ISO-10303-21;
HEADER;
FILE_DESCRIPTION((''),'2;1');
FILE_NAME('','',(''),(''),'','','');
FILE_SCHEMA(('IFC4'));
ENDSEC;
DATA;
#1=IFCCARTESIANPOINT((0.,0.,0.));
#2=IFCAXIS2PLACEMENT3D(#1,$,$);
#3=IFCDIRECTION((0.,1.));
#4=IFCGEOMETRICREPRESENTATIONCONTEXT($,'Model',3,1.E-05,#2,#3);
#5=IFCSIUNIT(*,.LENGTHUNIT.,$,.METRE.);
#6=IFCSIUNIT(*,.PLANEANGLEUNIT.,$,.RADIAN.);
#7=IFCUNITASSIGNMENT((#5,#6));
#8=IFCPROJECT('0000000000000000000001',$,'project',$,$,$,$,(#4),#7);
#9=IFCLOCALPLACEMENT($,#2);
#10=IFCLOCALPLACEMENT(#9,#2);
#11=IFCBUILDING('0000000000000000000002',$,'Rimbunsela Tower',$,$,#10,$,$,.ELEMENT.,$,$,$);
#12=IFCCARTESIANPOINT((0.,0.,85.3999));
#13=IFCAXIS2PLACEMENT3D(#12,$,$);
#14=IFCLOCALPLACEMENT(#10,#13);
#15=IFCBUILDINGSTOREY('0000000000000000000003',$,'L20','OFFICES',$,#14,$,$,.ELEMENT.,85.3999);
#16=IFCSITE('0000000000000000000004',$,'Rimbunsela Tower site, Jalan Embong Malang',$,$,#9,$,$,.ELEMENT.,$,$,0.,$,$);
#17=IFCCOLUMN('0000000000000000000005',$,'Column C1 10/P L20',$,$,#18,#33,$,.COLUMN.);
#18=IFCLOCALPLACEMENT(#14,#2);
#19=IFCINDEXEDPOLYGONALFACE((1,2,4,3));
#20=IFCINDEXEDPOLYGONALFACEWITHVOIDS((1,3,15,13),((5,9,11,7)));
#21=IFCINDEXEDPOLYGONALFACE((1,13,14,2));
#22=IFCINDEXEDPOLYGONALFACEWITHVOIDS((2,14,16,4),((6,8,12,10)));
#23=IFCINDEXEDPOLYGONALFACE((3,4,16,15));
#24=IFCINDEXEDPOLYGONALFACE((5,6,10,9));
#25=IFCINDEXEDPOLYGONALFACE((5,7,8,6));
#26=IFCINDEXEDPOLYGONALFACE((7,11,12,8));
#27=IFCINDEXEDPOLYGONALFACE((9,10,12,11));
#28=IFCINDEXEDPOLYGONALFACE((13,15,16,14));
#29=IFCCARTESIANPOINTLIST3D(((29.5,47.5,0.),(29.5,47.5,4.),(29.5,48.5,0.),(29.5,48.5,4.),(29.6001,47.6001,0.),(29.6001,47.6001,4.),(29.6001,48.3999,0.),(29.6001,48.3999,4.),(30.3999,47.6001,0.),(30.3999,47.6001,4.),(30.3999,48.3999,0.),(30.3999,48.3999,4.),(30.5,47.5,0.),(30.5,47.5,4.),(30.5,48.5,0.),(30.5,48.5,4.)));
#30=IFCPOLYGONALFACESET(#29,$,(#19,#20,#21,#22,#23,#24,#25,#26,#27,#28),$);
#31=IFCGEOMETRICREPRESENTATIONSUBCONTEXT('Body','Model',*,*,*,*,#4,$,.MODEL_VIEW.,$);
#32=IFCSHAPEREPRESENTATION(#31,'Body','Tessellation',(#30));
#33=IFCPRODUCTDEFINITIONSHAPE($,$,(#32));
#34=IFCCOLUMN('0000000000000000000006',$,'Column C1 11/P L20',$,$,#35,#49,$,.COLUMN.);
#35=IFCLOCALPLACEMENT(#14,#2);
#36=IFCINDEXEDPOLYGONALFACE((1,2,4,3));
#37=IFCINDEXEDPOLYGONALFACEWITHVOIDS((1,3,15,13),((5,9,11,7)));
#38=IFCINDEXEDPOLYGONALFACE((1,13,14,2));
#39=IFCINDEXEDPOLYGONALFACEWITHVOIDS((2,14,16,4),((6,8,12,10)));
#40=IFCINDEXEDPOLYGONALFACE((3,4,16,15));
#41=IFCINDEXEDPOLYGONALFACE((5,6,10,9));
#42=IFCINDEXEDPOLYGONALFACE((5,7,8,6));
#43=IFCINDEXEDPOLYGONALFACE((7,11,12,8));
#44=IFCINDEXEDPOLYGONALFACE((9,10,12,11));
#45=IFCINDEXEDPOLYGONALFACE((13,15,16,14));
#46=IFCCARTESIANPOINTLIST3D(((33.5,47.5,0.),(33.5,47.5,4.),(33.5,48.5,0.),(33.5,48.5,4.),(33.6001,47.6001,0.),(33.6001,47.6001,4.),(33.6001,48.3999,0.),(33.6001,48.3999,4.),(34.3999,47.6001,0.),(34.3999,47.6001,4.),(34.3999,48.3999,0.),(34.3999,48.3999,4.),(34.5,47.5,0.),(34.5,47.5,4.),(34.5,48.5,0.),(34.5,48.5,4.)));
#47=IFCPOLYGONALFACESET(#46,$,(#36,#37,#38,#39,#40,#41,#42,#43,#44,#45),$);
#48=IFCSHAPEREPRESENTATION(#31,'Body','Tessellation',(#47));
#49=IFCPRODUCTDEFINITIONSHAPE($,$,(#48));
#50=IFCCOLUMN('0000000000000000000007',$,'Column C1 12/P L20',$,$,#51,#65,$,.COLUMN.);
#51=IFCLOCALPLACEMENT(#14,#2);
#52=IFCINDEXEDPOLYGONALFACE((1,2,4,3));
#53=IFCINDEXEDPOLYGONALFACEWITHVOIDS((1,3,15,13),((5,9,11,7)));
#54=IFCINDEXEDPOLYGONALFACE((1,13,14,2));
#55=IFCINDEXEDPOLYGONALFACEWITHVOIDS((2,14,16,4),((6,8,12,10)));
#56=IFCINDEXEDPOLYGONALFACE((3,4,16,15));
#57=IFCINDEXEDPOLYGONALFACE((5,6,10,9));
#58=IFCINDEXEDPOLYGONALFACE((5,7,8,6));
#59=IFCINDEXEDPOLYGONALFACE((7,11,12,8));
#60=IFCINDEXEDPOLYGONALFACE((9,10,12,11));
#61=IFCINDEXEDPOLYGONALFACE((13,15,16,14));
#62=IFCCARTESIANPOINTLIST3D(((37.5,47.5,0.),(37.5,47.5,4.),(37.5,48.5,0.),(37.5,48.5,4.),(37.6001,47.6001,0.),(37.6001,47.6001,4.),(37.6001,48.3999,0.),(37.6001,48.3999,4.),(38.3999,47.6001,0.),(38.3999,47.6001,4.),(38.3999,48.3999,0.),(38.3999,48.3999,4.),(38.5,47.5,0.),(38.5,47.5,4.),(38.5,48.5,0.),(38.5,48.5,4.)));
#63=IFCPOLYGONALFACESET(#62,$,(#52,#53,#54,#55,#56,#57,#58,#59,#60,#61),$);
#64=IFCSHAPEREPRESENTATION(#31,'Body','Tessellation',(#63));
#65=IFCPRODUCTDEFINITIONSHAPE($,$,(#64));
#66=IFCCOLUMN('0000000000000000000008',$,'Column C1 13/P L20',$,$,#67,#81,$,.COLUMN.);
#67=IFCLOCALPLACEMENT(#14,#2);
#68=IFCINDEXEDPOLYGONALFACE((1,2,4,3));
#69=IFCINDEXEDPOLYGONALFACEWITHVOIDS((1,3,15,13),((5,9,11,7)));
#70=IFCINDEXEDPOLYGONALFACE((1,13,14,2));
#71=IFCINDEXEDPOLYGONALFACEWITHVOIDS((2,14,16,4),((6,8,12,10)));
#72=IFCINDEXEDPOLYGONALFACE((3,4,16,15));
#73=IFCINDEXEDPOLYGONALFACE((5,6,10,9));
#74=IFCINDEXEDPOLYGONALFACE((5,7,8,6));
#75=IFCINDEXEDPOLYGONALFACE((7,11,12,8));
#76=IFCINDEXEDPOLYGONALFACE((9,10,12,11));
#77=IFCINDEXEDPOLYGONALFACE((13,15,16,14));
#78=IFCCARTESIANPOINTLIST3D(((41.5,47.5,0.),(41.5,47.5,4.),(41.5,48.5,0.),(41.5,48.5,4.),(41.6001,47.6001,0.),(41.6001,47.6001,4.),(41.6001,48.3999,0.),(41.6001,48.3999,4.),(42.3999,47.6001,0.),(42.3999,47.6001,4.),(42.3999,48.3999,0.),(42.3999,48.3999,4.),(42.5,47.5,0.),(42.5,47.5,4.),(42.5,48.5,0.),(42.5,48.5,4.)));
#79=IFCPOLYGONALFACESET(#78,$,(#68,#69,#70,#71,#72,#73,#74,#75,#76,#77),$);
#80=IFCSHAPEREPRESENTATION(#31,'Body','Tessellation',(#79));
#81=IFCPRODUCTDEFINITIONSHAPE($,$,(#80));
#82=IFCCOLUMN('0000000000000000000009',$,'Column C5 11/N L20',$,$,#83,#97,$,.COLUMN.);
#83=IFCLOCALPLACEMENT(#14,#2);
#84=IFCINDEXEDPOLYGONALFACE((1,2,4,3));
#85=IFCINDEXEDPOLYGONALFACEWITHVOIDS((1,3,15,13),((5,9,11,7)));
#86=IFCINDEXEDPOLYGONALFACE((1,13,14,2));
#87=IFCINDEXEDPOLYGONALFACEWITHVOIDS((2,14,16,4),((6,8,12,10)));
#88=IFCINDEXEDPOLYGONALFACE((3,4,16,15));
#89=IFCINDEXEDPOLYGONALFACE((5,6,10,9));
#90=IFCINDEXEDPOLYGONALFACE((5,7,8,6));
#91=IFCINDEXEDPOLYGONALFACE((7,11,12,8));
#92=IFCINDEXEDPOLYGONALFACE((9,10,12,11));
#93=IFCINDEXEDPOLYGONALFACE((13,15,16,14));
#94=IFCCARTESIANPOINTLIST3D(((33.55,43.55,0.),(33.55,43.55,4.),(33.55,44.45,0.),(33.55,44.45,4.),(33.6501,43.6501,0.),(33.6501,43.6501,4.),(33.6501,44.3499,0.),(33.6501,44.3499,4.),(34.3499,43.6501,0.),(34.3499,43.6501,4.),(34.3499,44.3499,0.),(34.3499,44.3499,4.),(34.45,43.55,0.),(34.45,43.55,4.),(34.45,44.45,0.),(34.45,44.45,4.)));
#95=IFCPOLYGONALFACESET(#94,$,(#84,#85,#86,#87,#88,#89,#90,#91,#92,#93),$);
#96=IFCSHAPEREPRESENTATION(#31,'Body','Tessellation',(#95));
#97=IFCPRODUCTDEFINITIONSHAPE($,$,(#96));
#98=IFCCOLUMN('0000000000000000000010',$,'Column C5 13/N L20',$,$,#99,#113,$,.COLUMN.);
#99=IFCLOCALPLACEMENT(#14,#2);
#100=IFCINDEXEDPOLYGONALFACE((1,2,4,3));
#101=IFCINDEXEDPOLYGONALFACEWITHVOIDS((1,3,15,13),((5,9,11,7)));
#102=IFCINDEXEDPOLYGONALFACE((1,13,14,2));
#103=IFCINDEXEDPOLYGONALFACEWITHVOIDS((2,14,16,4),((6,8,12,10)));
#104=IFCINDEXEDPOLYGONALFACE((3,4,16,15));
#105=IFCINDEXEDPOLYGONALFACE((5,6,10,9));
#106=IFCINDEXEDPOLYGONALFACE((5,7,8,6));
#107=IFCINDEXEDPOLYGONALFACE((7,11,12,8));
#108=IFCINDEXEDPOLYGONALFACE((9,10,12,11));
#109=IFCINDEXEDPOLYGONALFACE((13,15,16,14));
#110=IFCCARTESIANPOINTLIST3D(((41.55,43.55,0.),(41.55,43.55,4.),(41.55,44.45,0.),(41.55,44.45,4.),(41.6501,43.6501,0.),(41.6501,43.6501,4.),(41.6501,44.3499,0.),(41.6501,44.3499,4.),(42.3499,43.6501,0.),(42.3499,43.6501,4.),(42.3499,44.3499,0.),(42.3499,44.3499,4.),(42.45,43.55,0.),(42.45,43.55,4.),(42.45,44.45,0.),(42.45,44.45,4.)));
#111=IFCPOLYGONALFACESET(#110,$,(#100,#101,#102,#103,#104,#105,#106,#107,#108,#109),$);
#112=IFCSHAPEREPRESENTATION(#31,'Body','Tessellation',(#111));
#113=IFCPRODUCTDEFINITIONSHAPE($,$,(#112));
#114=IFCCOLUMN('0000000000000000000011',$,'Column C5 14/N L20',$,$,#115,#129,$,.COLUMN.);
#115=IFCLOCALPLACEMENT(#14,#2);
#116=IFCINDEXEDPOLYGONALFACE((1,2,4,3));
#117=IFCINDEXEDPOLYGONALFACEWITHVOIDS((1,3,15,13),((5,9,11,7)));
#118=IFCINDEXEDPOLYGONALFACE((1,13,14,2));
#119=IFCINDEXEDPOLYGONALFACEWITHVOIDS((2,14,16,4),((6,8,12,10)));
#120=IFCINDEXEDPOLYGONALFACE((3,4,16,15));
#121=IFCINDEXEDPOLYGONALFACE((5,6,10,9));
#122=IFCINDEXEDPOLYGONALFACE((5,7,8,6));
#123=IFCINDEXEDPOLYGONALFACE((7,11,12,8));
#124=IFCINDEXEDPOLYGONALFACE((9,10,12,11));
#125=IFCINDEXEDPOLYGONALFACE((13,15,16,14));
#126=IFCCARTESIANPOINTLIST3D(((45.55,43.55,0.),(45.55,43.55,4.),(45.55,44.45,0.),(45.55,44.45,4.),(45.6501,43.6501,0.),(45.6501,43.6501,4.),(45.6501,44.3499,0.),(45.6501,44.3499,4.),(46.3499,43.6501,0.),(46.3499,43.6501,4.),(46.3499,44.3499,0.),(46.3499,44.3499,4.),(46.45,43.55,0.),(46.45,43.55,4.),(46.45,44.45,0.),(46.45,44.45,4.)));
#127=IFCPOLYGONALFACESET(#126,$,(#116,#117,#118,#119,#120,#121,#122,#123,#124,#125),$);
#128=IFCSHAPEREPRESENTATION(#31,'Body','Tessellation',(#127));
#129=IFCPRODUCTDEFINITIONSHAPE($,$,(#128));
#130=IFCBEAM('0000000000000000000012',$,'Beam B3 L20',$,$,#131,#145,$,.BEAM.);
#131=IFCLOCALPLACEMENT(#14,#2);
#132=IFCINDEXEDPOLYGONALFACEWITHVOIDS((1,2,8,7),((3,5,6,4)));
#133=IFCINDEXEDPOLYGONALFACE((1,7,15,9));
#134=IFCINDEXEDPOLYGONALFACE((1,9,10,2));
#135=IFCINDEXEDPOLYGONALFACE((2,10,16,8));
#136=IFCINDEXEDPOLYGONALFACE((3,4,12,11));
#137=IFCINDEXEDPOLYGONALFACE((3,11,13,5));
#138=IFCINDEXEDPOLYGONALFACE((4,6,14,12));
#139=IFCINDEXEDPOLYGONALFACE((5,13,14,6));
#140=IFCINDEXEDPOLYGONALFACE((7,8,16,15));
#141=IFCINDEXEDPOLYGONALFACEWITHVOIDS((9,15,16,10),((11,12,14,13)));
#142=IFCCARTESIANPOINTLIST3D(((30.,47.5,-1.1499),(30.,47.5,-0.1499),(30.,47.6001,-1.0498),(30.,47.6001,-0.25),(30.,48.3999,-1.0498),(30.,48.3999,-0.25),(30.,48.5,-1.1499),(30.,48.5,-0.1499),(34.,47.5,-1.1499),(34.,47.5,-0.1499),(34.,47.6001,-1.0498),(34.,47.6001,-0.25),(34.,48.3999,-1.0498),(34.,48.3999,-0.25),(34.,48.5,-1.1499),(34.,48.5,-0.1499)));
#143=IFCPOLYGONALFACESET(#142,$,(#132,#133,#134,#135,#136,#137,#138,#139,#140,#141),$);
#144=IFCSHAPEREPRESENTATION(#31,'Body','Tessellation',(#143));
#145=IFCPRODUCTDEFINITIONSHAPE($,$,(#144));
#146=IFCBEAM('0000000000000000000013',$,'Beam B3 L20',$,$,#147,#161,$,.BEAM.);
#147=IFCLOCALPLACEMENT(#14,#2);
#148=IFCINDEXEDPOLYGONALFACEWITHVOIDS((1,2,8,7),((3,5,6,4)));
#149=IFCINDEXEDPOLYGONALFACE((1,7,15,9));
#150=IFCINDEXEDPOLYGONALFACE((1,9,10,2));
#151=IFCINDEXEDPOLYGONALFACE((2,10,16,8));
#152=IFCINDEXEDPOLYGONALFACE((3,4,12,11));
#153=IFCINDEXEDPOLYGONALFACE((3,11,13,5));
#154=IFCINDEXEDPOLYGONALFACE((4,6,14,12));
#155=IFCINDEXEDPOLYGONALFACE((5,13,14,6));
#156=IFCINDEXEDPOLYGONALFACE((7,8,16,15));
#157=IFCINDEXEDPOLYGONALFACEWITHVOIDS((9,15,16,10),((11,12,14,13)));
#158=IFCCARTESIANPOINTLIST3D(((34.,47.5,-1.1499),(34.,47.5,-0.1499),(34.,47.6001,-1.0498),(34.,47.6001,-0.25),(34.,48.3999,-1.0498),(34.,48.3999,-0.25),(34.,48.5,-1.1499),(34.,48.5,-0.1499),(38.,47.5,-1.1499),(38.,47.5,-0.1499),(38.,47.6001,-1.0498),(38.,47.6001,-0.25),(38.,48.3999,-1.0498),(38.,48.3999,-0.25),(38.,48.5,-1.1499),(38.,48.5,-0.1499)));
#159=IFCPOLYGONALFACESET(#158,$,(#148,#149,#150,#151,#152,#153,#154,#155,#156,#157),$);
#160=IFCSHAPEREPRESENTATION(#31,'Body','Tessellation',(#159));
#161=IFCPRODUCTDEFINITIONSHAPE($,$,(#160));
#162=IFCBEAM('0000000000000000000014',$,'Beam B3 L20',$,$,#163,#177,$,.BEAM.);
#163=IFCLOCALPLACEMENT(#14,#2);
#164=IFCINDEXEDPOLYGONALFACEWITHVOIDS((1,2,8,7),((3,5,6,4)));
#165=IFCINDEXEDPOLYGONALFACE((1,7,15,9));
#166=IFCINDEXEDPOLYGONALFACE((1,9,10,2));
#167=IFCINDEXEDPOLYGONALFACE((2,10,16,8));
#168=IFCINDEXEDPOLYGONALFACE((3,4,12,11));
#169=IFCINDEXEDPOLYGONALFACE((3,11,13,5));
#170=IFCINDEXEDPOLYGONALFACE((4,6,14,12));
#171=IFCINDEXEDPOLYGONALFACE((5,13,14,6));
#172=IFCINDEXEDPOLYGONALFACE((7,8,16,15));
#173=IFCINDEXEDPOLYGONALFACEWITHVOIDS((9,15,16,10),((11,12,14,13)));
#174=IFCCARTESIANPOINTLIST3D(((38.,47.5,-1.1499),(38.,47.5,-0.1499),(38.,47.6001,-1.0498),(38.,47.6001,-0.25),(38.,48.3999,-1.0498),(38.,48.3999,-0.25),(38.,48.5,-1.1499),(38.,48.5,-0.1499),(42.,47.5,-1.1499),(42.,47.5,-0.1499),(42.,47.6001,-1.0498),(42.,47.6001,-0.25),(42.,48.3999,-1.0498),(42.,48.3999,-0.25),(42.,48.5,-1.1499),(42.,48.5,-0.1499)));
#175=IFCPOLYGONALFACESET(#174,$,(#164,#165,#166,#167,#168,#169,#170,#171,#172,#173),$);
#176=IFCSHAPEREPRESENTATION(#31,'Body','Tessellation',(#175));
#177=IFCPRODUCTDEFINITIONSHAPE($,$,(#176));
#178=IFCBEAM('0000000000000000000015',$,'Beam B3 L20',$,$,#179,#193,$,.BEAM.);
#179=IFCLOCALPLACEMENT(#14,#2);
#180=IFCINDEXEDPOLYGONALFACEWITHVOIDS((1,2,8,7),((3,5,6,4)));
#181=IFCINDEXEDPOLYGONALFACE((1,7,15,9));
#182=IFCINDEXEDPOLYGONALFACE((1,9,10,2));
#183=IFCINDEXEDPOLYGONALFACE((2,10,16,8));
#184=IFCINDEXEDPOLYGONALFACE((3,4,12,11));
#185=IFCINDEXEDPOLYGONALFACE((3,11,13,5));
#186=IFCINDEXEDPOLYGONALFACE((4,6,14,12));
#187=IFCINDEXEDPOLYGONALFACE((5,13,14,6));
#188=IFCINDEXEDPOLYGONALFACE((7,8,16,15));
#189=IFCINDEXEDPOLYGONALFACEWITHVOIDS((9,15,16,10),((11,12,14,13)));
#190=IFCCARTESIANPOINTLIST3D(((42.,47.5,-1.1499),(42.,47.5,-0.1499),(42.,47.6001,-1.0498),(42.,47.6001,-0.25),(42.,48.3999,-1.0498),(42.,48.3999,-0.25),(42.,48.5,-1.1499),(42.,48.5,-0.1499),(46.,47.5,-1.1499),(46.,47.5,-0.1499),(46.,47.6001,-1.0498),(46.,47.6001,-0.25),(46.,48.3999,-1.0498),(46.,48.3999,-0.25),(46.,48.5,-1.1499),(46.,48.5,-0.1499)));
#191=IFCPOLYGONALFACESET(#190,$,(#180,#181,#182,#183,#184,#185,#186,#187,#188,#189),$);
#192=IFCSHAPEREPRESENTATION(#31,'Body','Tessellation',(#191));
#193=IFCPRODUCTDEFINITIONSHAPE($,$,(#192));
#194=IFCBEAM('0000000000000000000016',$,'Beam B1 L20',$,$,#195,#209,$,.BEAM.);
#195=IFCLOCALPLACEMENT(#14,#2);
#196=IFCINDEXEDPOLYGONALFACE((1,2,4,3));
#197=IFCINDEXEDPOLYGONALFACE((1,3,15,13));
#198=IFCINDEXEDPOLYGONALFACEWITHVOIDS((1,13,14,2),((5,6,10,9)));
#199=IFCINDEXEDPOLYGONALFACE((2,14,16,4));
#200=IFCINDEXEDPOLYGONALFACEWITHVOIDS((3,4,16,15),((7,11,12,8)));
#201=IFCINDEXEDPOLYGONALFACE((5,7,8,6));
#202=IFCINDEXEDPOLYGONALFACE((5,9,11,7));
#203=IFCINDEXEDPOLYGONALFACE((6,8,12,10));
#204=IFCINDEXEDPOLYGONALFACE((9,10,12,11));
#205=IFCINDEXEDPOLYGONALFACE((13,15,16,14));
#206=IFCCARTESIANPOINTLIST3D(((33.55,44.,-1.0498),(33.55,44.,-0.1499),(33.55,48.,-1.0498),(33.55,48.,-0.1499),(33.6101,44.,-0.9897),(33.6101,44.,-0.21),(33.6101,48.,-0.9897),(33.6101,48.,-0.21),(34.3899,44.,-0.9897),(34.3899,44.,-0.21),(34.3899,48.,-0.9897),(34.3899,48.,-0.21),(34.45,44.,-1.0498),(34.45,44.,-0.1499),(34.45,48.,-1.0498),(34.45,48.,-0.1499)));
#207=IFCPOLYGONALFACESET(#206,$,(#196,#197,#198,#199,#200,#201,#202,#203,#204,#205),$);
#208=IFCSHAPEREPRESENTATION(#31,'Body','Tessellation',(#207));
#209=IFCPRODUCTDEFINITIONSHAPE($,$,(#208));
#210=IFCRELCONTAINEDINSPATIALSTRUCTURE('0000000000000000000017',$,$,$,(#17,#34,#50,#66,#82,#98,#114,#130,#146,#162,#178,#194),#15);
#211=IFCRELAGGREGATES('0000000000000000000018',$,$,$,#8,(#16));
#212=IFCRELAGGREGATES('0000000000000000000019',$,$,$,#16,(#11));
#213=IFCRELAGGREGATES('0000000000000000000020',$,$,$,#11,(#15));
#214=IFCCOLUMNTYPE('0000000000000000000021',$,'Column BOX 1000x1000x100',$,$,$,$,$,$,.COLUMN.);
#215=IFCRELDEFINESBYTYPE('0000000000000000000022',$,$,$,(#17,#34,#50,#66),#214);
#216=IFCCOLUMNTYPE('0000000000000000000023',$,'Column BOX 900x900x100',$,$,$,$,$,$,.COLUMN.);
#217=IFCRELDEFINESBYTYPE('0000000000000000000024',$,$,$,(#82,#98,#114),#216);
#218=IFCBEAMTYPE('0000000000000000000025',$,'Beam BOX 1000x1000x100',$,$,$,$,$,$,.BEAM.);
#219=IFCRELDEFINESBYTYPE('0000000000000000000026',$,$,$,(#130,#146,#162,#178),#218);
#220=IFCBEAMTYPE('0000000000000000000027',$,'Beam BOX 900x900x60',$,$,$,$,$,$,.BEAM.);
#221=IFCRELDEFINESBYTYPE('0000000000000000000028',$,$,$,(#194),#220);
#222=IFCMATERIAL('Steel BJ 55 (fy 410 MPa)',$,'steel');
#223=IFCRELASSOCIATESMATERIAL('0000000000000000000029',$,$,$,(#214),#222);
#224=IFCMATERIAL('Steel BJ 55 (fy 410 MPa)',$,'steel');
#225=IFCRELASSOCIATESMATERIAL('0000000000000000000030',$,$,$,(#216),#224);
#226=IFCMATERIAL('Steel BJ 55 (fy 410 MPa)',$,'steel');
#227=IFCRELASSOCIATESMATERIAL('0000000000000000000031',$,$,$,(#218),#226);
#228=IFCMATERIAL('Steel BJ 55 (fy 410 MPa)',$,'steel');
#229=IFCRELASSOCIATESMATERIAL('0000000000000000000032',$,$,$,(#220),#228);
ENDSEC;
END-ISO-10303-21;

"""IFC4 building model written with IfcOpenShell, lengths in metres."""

from ifc_helpers import new_model, si_unit, direction, frame, origin, origin_2d, place, context, subcontext, project, spatial, hollow_rectangle, extrude, material, material_profile, profile_set, type_object, element, save


model = new_model("IFC4")

# Units and contexts
model_context = context("Model", 3, precision=1e-05, world=origin(), true_north=direction((0.0, 1.0)))
body_context = subcontext(model_context, "Body", "Model", "MODEL_VIEW")
ifc_project = project(units=[si_unit("LENGTHUNIT", "METRE"), si_unit("PLANEANGLEUNIT", "RADIAN")], contexts=[model_context])

# Site, building, storey
site_placement = place(None, origin())
site = spatial("IfcSite", under=ifc_project, at=site_placement, Name="Rimbunsela Tower site, Jalan Embong Malang", CompositionType="ELEMENT", RefElevation=0.0)
building_placement = place(site_placement, origin())
building = spatial("IfcBuilding", under=site, at=building_placement, Name="Rimbunsela Tower", CompositionType="ELEMENT")
storey_placement = place(building_placement, frame((0.0, 0.0, 85.3999)))
storey = spatial("IfcBuildingStorey", under=building, at=storey_placement, Name="L20", Description="OFFICES", CompositionType="ELEMENT", Elevation=85.3999)

# Columns
ifc_material_1 = material(Name="Steel BJ 55 (fy 410 MPa)", Category="steel")
ifc_material_profile_1 = material_profile(ifc_material_1, hollow_rectangle(XDim=1.0, YDim=1.0, WallThickness=0.1001, at=origin_2d()), Name="BOX 1000x1000x100")
ifc_profile_set_1 = profile_set([ifc_material_profile_1], Name="Steel BJ 55 (fy 410 MPa)")
column_type_1 = type_object("IfcColumnType", Name="Column BOX 1000x1000x100", PredefinedType="COLUMN", material=ifc_profile_set_1)
for number, where, z_axis, x_axis, name in (
    (1, (30.0, 48.0, 0.0), (0.0, 0.0, 1.0), (1.0, 0.0, 0.0), "Column C1 10/P L20"),
    (2, (34.0, 48.0, 0.0), (0.0, 0.0, 1.0), (1.0, 0.0, 0.0), "Column C1 11/P L20"),
    (3, (38.0, 48.0, 0.0), (0.0, 0.0, 1.0), (1.0, 0.0, 0.0), "Column C1 12/P L20"),
    (4, (42.0, 48.0, 0.0), (0.0, 0.0, 1.0), (1.0, 0.0, 0.0), "Column C1 13/P L20"),
):
    element("IfcColumn", number, at=place(storey_placement, frame(where, z_axis=z_axis, x_axis=x_axis)), inside=storey, type_object=column_type_1, Name=name, PredefinedType="COLUMN", context=body_context, shape_type="SweptSolid", body=[
        extrude(hollow_rectangle(XDim=1.0, YDim=1.0, WallThickness=0.1001, at=origin_2d()), origin(), (0.0, 0.0, 1.0), 4.0),
    ])
ifc_material_2 = material(Name="Steel BJ 55 (fy 410 MPa)", Category="steel")
ifc_material_profile_2 = material_profile(ifc_material_2, hollow_rectangle(XDim=0.8999, YDim=0.8999, WallThickness=0.1001, at=origin_2d()), Name="BOX 900x900x100")
ifc_profile_set_2 = profile_set([ifc_material_profile_2], Name="Steel BJ 55 (fy 410 MPa)")
column_type_2 = type_object("IfcColumnType", Name="Column BOX 900x900x100", PredefinedType="COLUMN", material=ifc_profile_set_2)
for number, where, z_axis, x_axis, name in (
    (5, (34.0, 44.0, 0.0), (0.0, 0.0, 1.0), (1.0, 0.0, 0.0), "Column C5 11/N L20"),
    (6, (42.0, 44.0, 0.0), (0.0, 0.0, 1.0), (1.0, 0.0, 0.0), "Column C5 13/N L20"),
    (7, (46.0, 44.0, 0.0), (0.0, 0.0, 1.0), (1.0, 0.0, 0.0), "Column C5 14/N L20"),
):
    element("IfcColumn", number, at=place(storey_placement, frame(where, z_axis=z_axis, x_axis=x_axis)), inside=storey, type_object=column_type_2, Name=name, PredefinedType="COLUMN", context=body_context, shape_type="SweptSolid", body=[
        extrude(hollow_rectangle(XDim=0.8999, YDim=0.8999, WallThickness=0.1001, at=origin_2d()), origin(), (0.0, 0.0, 1.0), 4.0),
    ])

# Beams
ifc_material_3 = material(Name="Steel BJ 55 (fy 410 MPa)", Category="steel")
ifc_material_profile_3 = material_profile(ifc_material_3, hollow_rectangle(XDim=1.0, YDim=1.0, WallThickness=0.1001, at=origin_2d()), Name="BOX 1000x1000x100")
ifc_profile_set_3 = profile_set([ifc_material_profile_3], Name="Steel BJ 55 (fy 410 MPa)")
beam_type_1 = type_object("IfcBeamType", Name="Beam BOX 1000x1000x100", PredefinedType="BEAM", material=ifc_profile_set_3)
for number, where, z_axis, x_axis, name in (
    (8, (30.0, 48.0, -0.6499), (1.0, 0.0, 0.0), (0.0, 1.0, 0.0), "Beam B3 L20"),
    (9, (34.0, 48.0, -0.6499), (1.0, 0.0, 0.0), (0.0, 1.0, 0.0), "Beam B3 L20"),
    (10, (38.0, 48.0, -0.6499), (1.0, 0.0, 0.0), (0.0, 1.0, 0.0), "Beam B3 L20"),
    (11, (42.0, 48.0, -0.6499), (1.0, 0.0, 0.0), (0.0, 1.0, 0.0), "Beam B3 L20"),
):
    element("IfcBeam", number, at=place(storey_placement, frame(where, z_axis=z_axis, x_axis=x_axis)), inside=storey, type_object=beam_type_1, Name=name, PredefinedType="BEAM", context=body_context, shape_type="SweptSolid", body=[
        extrude(hollow_rectangle(XDim=1.0, YDim=1.0, WallThickness=0.1001, at=origin_2d()), origin(), (0.0, 0.0, 1.0), 4.0),
    ])
ifc_material_4 = material(Name="Steel BJ 55 (fy 410 MPa)", Category="steel")
ifc_material_profile_4 = material_profile(ifc_material_4, hollow_rectangle(XDim=0.8999, YDim=0.8999, WallThickness=0.0601, at=origin_2d()), Name="BOX 900x900x60")
ifc_profile_set_4 = profile_set([ifc_material_profile_4], Name="Steel BJ 55 (fy 410 MPa)")
beam_type_2 = type_object("IfcBeamType", Name="Beam BOX 900x900x60", PredefinedType="BEAM", material=ifc_profile_set_4)
for number, where, z_axis, x_axis, name in (
    (12, (34.0, 44.0, -0.5999), (0.0, 1.0, 0.0), (-1.0, 0.0, 0.0), "Beam B1 L20"),
):
    element("IfcBeam", number, at=place(storey_placement, frame(where, z_axis=z_axis, x_axis=x_axis)), inside=storey, type_object=beam_type_2, Name=name, PredefinedType="BEAM", context=body_context, shape_type="SweptSolid", body=[
        extrude(hollow_rectangle(XDim=0.8999, YDim=0.8999, WallThickness=0.0601, at=origin_2d()), origin(), (0.0, 0.0, 1.0), 4.0),
    ])

save(model, "model.ifc")
